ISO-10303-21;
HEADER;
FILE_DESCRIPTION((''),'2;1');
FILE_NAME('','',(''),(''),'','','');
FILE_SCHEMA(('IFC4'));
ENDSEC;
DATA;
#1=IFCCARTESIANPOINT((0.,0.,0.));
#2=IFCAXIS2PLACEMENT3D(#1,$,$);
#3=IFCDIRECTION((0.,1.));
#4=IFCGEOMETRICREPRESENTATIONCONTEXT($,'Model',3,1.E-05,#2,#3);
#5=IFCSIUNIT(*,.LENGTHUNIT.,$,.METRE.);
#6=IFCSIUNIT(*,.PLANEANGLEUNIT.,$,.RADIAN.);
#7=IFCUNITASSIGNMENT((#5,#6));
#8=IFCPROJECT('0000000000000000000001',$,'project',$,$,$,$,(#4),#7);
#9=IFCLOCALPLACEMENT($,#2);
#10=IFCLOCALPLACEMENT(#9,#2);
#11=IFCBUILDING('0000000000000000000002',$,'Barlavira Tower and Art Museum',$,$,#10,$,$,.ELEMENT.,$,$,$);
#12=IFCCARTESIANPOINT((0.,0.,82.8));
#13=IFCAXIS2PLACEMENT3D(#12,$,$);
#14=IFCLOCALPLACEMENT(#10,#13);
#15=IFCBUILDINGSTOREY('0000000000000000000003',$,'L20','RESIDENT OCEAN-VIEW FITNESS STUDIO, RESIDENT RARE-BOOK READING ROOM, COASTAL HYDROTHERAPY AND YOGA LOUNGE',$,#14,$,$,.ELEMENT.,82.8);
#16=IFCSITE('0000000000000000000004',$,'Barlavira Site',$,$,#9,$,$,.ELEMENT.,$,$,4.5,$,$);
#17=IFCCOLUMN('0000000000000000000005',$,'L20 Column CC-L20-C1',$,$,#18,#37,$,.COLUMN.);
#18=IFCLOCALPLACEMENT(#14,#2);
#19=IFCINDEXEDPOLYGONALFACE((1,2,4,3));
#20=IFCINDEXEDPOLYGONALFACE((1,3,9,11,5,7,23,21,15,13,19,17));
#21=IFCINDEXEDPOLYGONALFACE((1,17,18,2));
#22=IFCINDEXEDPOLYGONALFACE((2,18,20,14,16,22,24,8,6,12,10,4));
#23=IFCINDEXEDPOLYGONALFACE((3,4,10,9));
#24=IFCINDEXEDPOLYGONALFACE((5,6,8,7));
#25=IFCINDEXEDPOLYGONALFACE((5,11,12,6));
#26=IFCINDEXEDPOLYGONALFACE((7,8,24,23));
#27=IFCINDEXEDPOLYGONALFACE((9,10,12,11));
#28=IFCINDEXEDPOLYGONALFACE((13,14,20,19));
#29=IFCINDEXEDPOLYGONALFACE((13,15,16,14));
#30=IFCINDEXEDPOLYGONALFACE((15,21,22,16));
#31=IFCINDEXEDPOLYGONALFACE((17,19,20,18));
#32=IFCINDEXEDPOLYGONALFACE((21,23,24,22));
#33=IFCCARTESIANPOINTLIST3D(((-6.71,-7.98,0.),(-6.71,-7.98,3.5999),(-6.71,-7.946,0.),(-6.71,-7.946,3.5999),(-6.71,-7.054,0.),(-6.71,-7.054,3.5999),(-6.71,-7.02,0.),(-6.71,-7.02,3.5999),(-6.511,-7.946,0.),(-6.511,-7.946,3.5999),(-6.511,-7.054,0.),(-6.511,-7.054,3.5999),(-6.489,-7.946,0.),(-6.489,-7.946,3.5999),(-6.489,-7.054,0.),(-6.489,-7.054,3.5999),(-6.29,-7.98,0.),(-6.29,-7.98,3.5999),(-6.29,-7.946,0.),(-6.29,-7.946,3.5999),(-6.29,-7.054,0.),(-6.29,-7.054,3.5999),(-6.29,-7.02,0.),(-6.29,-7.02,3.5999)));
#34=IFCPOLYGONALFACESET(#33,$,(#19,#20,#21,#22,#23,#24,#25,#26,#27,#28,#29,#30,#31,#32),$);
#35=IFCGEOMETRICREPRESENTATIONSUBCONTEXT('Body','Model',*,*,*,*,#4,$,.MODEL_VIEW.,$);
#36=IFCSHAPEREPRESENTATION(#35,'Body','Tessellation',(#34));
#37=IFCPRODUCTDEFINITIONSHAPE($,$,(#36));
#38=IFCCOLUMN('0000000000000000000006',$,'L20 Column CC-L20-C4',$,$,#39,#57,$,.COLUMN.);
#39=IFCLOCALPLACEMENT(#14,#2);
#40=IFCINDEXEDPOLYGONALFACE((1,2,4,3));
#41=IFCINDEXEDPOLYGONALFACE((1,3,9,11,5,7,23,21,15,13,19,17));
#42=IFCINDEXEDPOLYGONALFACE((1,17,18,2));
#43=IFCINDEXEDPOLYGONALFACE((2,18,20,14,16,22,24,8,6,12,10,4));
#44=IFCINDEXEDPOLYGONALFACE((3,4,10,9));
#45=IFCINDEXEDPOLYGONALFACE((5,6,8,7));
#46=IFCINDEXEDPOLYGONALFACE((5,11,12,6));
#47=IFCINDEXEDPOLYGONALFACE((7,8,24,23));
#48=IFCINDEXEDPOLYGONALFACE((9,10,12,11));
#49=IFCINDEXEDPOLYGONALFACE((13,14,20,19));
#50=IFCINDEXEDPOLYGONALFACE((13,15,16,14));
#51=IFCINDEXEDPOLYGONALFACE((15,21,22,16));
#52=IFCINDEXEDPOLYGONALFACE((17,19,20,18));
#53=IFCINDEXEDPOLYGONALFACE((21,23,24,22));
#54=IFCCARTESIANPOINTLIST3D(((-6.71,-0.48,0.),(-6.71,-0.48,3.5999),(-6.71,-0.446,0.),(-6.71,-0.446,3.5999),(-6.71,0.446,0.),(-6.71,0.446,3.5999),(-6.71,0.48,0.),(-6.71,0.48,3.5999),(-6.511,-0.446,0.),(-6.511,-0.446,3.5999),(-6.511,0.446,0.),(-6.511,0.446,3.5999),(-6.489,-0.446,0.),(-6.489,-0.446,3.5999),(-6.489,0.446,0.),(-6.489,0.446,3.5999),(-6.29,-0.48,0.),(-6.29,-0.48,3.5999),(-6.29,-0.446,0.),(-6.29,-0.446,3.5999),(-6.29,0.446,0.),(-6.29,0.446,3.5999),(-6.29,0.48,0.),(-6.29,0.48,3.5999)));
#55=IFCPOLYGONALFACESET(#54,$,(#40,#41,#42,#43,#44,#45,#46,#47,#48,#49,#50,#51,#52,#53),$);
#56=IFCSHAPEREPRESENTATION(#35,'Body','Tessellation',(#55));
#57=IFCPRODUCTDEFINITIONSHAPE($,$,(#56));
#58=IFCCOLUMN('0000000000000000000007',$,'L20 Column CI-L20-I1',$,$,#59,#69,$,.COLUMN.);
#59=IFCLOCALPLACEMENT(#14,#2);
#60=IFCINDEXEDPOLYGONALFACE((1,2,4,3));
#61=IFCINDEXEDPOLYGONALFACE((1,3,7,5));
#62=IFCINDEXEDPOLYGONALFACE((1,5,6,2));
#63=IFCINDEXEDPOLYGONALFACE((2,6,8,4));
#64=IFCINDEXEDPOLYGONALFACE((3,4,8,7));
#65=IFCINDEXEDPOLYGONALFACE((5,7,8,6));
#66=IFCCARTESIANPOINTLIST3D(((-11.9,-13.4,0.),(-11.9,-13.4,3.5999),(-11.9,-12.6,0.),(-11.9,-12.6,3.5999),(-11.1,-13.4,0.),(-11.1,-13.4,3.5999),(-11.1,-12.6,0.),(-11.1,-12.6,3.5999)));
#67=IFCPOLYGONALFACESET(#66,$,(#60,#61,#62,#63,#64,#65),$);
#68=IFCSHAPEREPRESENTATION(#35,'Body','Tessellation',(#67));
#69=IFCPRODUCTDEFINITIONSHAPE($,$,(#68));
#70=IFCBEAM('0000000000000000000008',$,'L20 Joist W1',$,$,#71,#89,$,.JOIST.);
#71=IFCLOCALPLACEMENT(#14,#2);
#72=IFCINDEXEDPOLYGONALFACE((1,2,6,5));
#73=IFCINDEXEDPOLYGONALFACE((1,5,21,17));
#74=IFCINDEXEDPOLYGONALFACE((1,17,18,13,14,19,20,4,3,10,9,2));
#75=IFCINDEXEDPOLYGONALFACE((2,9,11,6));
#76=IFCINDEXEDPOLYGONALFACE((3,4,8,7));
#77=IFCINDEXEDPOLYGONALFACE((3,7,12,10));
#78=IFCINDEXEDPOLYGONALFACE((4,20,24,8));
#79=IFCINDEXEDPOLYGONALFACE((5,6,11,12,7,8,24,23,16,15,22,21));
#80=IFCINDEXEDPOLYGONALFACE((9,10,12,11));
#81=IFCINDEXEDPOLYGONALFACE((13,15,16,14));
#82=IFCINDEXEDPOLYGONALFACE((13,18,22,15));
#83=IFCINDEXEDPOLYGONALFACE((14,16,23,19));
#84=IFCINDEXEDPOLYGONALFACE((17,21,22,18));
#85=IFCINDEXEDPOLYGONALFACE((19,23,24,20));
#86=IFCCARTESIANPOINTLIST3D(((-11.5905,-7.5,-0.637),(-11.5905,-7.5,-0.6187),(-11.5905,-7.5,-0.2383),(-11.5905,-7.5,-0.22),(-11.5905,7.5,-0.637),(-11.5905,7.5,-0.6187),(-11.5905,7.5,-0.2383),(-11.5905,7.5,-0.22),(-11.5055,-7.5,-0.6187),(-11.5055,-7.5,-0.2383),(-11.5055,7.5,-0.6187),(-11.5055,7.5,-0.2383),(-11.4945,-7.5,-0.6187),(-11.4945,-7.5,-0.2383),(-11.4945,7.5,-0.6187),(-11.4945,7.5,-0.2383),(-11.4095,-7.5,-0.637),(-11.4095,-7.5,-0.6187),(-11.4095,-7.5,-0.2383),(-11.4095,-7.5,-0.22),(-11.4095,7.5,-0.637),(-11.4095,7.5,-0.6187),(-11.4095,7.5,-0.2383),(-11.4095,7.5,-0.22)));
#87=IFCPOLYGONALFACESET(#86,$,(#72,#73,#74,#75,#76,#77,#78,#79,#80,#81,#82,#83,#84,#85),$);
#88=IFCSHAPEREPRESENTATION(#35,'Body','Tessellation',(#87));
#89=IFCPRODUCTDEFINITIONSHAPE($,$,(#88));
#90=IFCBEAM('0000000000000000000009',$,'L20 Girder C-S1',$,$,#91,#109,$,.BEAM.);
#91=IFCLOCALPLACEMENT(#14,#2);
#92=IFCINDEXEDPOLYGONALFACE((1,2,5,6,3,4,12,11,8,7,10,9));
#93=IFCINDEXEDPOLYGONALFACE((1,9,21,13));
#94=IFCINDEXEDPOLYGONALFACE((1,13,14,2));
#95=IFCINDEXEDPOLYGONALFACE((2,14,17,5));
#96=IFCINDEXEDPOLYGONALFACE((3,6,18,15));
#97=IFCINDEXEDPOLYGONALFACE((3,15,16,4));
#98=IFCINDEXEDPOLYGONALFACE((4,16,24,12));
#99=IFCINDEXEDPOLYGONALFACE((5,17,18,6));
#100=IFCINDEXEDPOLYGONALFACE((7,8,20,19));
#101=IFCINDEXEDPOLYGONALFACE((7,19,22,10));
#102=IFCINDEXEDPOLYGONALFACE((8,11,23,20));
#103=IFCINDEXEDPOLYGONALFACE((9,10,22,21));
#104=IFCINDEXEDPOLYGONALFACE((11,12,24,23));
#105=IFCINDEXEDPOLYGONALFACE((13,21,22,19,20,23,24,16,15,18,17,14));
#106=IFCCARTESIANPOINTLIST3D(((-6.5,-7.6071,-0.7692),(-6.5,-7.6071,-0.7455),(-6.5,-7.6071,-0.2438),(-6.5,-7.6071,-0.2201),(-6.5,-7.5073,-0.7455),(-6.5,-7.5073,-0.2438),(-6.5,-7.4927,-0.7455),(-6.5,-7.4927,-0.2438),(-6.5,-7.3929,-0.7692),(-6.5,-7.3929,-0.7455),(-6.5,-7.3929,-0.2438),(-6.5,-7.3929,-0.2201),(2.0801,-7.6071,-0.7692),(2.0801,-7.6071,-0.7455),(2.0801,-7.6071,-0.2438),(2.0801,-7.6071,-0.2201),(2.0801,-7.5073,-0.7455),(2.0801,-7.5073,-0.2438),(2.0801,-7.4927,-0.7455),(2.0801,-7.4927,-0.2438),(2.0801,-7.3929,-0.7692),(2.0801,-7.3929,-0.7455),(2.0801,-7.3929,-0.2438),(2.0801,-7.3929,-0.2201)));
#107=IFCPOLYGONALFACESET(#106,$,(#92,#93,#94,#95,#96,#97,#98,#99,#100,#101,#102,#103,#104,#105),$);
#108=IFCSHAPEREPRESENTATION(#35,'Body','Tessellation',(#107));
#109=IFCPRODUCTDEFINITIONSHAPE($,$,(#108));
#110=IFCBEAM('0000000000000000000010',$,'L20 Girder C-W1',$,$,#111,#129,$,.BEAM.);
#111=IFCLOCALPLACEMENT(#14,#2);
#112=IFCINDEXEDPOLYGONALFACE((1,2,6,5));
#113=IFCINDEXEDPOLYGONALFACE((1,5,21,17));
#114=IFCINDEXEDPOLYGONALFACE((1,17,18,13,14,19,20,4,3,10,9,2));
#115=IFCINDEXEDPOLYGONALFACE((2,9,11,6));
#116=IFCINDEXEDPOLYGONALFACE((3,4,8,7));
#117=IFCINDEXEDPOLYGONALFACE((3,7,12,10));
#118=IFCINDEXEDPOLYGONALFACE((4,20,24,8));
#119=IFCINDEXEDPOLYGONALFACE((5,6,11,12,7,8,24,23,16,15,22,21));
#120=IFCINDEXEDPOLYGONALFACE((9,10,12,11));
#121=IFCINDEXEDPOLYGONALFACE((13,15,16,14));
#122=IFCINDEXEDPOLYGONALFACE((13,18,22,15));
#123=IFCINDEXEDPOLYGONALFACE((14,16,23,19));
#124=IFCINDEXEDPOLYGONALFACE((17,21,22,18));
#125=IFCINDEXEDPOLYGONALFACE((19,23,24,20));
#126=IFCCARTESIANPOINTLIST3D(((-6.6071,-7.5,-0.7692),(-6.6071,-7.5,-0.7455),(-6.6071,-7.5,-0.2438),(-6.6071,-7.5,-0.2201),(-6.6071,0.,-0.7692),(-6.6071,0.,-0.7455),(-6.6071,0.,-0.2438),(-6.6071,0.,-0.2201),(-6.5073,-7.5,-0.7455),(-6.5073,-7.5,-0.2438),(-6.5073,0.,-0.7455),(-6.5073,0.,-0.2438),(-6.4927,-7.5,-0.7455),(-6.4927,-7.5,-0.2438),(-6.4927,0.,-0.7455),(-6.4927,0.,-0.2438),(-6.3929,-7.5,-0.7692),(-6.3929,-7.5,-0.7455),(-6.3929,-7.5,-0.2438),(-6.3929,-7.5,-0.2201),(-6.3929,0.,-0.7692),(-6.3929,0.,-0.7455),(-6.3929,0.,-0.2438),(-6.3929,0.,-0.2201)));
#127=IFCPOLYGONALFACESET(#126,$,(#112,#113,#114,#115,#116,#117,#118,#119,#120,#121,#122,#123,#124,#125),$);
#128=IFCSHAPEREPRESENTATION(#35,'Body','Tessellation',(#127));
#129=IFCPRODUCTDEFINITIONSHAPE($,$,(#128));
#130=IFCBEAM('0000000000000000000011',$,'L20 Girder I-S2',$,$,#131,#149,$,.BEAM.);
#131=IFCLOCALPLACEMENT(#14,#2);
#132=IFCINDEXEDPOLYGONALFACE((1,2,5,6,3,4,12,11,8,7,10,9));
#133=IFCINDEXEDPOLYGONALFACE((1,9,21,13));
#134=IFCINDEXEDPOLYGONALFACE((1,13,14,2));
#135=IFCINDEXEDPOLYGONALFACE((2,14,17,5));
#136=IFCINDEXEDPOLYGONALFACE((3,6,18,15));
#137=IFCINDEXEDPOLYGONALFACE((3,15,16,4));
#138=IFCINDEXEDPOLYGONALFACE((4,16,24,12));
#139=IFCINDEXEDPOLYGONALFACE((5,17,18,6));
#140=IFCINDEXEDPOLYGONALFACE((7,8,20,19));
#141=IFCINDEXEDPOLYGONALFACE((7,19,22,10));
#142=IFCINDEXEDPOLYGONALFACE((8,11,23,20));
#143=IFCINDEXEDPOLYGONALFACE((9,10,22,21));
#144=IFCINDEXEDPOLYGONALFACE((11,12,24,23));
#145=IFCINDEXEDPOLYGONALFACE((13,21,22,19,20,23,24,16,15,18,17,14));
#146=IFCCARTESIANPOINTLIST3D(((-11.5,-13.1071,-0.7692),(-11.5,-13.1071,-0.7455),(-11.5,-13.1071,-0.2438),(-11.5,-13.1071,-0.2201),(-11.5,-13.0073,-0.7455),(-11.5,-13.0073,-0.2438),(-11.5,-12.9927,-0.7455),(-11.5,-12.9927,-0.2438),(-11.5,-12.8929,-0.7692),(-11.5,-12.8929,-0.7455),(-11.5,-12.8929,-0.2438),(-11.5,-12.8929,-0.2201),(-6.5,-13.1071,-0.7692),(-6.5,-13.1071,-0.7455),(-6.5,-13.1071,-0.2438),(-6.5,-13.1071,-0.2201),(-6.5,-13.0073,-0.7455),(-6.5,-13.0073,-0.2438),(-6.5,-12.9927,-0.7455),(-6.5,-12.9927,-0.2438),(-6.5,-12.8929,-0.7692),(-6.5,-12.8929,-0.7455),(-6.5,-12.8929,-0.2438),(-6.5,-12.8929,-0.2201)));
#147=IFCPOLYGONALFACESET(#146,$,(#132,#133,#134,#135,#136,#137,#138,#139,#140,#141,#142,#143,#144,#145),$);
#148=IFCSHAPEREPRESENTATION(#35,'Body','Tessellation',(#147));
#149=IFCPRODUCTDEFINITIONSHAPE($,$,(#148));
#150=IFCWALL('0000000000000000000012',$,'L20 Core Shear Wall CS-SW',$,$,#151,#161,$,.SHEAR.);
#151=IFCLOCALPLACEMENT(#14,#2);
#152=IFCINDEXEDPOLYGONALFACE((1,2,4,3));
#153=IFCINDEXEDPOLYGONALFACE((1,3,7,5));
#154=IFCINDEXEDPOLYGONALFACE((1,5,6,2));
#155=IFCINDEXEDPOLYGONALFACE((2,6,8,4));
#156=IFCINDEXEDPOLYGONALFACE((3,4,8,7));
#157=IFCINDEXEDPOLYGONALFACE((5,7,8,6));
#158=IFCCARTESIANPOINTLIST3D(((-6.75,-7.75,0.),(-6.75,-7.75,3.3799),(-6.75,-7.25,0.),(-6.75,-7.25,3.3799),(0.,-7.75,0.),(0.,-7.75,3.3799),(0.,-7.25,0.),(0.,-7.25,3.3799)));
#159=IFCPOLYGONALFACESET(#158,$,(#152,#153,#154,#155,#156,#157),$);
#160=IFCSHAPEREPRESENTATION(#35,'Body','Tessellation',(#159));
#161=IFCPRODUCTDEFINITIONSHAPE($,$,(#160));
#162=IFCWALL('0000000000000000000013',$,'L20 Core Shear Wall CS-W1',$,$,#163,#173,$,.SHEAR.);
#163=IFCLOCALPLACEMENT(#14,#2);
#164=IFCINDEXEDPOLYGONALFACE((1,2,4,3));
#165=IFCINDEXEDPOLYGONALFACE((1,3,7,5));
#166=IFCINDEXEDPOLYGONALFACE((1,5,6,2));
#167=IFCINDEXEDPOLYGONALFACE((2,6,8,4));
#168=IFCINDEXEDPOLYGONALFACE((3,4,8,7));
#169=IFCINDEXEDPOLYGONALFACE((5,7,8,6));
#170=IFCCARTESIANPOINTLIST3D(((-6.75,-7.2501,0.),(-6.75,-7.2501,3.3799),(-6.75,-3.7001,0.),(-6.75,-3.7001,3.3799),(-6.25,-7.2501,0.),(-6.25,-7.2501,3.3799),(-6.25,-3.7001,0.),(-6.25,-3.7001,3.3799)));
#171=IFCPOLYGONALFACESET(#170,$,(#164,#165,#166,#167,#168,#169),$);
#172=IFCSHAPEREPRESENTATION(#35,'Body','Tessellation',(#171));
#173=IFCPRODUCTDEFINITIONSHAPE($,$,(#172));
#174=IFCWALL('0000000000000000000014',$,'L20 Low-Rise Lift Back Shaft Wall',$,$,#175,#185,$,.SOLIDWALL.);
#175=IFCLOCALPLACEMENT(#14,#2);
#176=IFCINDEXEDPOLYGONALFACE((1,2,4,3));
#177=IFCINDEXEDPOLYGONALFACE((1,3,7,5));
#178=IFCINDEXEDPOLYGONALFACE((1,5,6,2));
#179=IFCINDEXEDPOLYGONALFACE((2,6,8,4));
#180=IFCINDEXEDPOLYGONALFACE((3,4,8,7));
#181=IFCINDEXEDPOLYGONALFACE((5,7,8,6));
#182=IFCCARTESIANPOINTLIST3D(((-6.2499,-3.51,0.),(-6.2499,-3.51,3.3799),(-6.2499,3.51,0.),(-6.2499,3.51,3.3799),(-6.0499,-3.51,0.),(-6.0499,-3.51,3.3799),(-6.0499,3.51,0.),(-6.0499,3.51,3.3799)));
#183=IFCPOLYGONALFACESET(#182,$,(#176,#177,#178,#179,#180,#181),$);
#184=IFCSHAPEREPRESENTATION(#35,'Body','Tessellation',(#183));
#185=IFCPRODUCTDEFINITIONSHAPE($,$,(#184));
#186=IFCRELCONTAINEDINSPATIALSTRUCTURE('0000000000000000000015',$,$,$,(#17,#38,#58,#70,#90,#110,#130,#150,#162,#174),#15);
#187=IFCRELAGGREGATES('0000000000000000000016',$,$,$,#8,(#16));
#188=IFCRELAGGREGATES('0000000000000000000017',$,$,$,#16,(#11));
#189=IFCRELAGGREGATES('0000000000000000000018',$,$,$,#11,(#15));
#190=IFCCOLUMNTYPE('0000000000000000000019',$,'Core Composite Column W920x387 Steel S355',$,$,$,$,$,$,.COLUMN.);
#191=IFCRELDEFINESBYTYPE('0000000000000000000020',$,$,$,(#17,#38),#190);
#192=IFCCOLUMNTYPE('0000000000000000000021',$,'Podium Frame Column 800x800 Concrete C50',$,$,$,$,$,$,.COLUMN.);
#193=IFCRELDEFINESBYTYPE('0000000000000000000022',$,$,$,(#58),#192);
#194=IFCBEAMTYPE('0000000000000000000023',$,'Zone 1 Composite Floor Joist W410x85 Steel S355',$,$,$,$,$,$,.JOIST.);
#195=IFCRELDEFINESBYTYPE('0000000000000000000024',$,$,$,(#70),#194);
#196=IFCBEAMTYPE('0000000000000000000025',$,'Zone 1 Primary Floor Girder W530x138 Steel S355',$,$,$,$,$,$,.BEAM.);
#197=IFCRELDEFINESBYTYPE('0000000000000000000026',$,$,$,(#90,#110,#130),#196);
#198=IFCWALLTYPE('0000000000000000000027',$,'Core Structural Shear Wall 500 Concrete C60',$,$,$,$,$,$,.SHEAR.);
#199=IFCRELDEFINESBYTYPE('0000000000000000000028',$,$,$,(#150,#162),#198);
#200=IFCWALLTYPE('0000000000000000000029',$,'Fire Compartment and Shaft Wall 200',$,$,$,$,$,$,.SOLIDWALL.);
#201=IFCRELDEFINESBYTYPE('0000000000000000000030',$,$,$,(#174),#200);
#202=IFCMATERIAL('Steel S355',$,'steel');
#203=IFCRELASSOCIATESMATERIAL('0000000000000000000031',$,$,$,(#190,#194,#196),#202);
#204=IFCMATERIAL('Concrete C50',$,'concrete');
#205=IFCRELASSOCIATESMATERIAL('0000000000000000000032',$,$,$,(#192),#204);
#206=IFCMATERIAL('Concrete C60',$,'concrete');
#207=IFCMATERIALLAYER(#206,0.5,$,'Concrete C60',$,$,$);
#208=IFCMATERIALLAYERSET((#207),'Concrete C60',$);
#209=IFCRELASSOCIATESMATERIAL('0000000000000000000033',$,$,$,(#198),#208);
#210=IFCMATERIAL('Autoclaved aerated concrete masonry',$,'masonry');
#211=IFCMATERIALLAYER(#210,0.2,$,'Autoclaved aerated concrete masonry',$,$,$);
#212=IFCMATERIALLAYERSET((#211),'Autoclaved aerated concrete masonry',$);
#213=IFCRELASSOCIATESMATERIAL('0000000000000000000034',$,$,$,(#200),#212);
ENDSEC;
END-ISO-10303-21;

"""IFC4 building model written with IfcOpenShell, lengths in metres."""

from ifc_helpers import new_model, si_unit, direction, frame, frame_2d, origin, origin_2d, place, context, subcontext, project, spatial, rectangle, i_section, extrude, material, layer, layer_set, material_profile, profile_set, type_object, element, save


model = new_model("IFC4")

# Units and contexts
model_context = context("Model", 3, precision=1e-05, world=origin(), true_north=direction((0.0, 1.0)))
body_context = subcontext(model_context, "Body", "Model", "MODEL_VIEW")
ifc_project = project(units=[si_unit("LENGTHUNIT", "METRE"), si_unit("PLANEANGLEUNIT", "RADIAN")], contexts=[model_context])

# Site, building, storey
site_placement = place(None, origin())
site = spatial("IfcSite", under=ifc_project, at=site_placement, Name="Barlavira Site", CompositionType="ELEMENT", RefElevation=4.5)
building_placement = place(site_placement, origin())
building = spatial("IfcBuilding", under=site, at=building_placement, Name="Barlavira Tower and Art Museum", CompositionType="ELEMENT")
storey_placement = place(building_placement, frame((0.0, 0.0, 82.8)))
storey = spatial("IfcBuildingStorey", under=building, at=storey_placement, Name="L20", Description="RESIDENT OCEAN-VIEW FITNESS STUDIO, RESIDENT RARE-BOOK READING ROOM, COASTAL HYDROTHERAPY AND YOGA LOUNGE", CompositionType="ELEMENT", Elevation=82.8)

# Columns
ifc_material_1 = material(Name="Steel S355", Category="steel")
ifc_material_profile_1 = material_profile(ifc_material_1, i_section(OverallWidth=0.4199, OverallDepth=0.96, WebThickness=0.022, FlangeThickness=0.0339, at=origin_2d()), Name="W920x387.0")
ifc_profile_set_1 = profile_set([ifc_material_profile_1], Name="Steel S355")
column_type_1 = type_object("IfcColumnType", Name="Core Composite Column W920x387 Steel S355", PredefinedType="COLUMN", material=ifc_profile_set_1)
for number, where, z_axis, x_axis, name in (
    (1, (-6.5, -7.5, 0.0), (0.0, 0.0, 1.0), (1.0, 0.0, 0.0), "L20 Column CC-L20-C1"),
    (2, (-6.5, 0.0, 0.0), (0.0, 0.0, 1.0), (1.0, 0.0, 0.0), "L20 Column CC-L20-C4"),
):
    element("IfcColumn", number, at=place(storey_placement, frame(where, z_axis=z_axis, x_axis=x_axis)), inside=storey, type_object=column_type_1, Name=name, PredefinedType="COLUMN", context=body_context, shape_type="SweptSolid", body=[
        extrude(i_section(OverallWidth=0.4199, OverallDepth=0.96, WebThickness=0.022, FlangeThickness=0.0339, at=origin_2d()), origin(), (0.0, 0.0, 1.0), 3.5999),
    ])
ifc_material_2 = material(Name="Concrete C50", Category="concrete")
ifc_material_profile_2 = material_profile(ifc_material_2, rectangle(XDim=0.8, YDim=0.8, at=origin_2d()), Name="RC-COL 800x800")
ifc_profile_set_2 = profile_set([ifc_material_profile_2], Name="Concrete C50")
column_type_2 = type_object("IfcColumnType", Name="Podium Frame Column 800x800 Concrete C50", PredefinedType="COLUMN", material=ifc_profile_set_2)
column_placement = place(storey_placement, frame((-11.5, -13.0, 0.0), z_axis=(0.0, 0.0, 1.0), x_axis=(1.0, 0.0, 0.0)))
element("IfcColumn", 3, at=column_placement, inside=storey, type_object=column_type_2, Name="L20 Column CI-L20-I1", PredefinedType="COLUMN", context=body_context, shape_type="SweptSolid", body=[
    extrude(rectangle(XDim=0.8, YDim=0.8, at=origin_2d()), origin(), (0.0, 0.0, 1.0), 3.5999),
])

# Beams
ifc_material_profile_3 = material_profile(ifc_material_1, i_section(OverallWidth=0.1809, OverallDepth=0.417, WebThickness=0.011, FlangeThickness=0.0183, at=origin_2d()), Name="W410x85.0")
ifc_profile_set_3 = profile_set([ifc_material_profile_3], Name="Steel S355")
beam_type_1 = type_object("IfcBeamType", Name="Zone 1 Composite Floor Joist W410x85 Steel S355", PredefinedType="JOIST", material=ifc_profile_set_3)
beam_1_placement = place(storey_placement, frame((-11.5, -7.5, -0.4285), z_axis=(0.0, 1.0, 0.0), x_axis=(-1.0, 0.0, 0.0)))
element("IfcBeam", 4, at=beam_1_placement, inside=storey, type_object=beam_type_1, Name="L20 Joist W1", PredefinedType="JOIST", context=body_context, shape_type="SweptSolid", body=[
    extrude(i_section(OverallWidth=0.1809, OverallDepth=0.417, WebThickness=0.011, FlangeThickness=0.0183, at=origin_2d()), origin(), (0.0, 0.0, 1.0), 15.0),
])
ifc_material_profile_4 = material_profile(ifc_material_1, i_section(OverallWidth=0.2141, OverallDepth=0.5491, WebThickness=0.0146, FlangeThickness=0.0237, at=origin_2d()), Name="W530x138.0")
ifc_profile_set_4 = profile_set([ifc_material_profile_4], Name="Steel S355")
beam_type_2 = type_object("IfcBeamType", Name="Zone 1 Primary Floor Girder W530x138 Steel S355", PredefinedType="BEAM", material=ifc_profile_set_4)
beam_2_placement = place(storey_placement, frame((-6.5, -7.5, -0.4946), z_axis=(1.0, 0.0, 0.0), x_axis=(0.0, 1.0, 0.0)))
element("IfcBeam", 5, at=beam_2_placement, inside=storey, type_object=beam_type_2, Name="L20 Girder C-S1", PredefinedType="BEAM", context=body_context, shape_type="SweptSolid", body=[
    extrude(i_section(OverallWidth=0.2141, OverallDepth=0.5491, WebThickness=0.0146, FlangeThickness=0.0237, at=origin_2d()), origin(), (0.0, 0.0, 1.0), 8.5801),
])
beam_3_placement = place(storey_placement, frame((-6.5, -7.5, -0.4946), z_axis=(0.0, 1.0, 0.0), x_axis=(-1.0, 0.0, 0.0)))
element("IfcBeam", 6, at=beam_3_placement, inside=storey, type_object=beam_type_2, Name="L20 Girder C-W1", PredefinedType="BEAM", context=body_context, shape_type="SweptSolid", body=[
    extrude(i_section(OverallWidth=0.2141, OverallDepth=0.5491, WebThickness=0.0146, FlangeThickness=0.0237, at=origin_2d()), origin(), (0.0, 0.0, 1.0), 7.5),
])
beam_4_placement = place(storey_placement, frame((-11.5, -13.0, -0.4946), z_axis=(1.0, 0.0, 0.0), x_axis=(0.0, 1.0, 0.0)))
element("IfcBeam", 7, at=beam_4_placement, inside=storey, type_object=beam_type_2, Name="L20 Girder I-S2", PredefinedType="BEAM", context=body_context, shape_type="SweptSolid", body=[
    extrude(i_section(OverallWidth=0.2141, OverallDepth=0.5491, WebThickness=0.0146, FlangeThickness=0.0237, at=origin_2d()), origin(), (0.0, 0.0, 1.0), 5.0),
])

# Walls
ifc_material_3 = material(Name="Concrete C60", Category="concrete")
ifc_layer_1 = layer(ifc_material_3, 0.5, Name="Concrete C60")
ifc_layer_set_1 = layer_set([ifc_layer_1], Name="Concrete C60")
wall_type_1 = type_object("IfcWallType", Name="Core Structural Shear Wall 500 Concrete C60", PredefinedType="SHEAR", material=ifc_layer_set_1)
wall_1_placement = place(storey_placement, frame((-6.75, -7.5, 0.0), z_axis=(0.0, 0.0, 1.0), x_axis=(1.0, 0.0, 0.0)))
element("IfcWall", 8, at=wall_1_placement, inside=storey, type_object=wall_type_1, Name="L20 Core Shear Wall CS-SW", PredefinedType="SHEAR", context=body_context, shape_type="SweptSolid", body=[
    extrude(rectangle(XDim=6.75, YDim=0.5, at=frame_2d((3.375, 0.0))), origin(), (0.0, 0.0, 1.0), 3.3799),
])
wall_2_placement = place(storey_placement, frame((-6.5, -7.25, 0.0), z_axis=(0.0, 0.0, 1.0), x_axis=(0.0, 1.0, 0.0)))
element("IfcWall", 9, at=wall_2_placement, inside=storey, type_object=wall_type_1, Name="L20 Core Shear Wall CS-W1", PredefinedType="SHEAR", context=body_context, shape_type="SweptSolid", body=[
    extrude(rectangle(XDim=3.55, YDim=0.5, at=frame_2d((1.7749, 0.0))), origin(), (0.0, 0.0, 1.0), 3.3799),
])

# Shared definitions
ifc_material_4 = material(Name="Autoclaved aerated concrete masonry", Category="masonry")
ifc_layer_2 = layer(ifc_material_4, 0.2, Name="Autoclaved aerated concrete masonry")
ifc_layer_set_2 = layer_set([ifc_layer_2], Name="Autoclaved aerated concrete masonry")
wall_type_2 = type_object("IfcWallType", Name="Fire Compartment and Shaft Wall 200", PredefinedType="SOLIDWALL", material=ifc_layer_set_2)

# Wall
wall_3_placement = place(storey_placement, frame((-6.1499, -3.51, 0.0), z_axis=(0.0, 0.0, 1.0), x_axis=(0.0, 1.0, 0.0)))
element("IfcWall", 10, at=wall_3_placement, inside=storey, type_object=wall_type_2, Name="L20 Low-Rise Lift Back Shaft Wall", PredefinedType="SOLIDWALL", context=body_context, shape_type="SweptSolid", body=[
    extrude(rectangle(XDim=7.02, YDim=0.2, at=frame_2d((3.51, 0.0))), origin(), (0.0, 0.0, 1.0), 3.3799),
])

save(model, "model.ifc")
